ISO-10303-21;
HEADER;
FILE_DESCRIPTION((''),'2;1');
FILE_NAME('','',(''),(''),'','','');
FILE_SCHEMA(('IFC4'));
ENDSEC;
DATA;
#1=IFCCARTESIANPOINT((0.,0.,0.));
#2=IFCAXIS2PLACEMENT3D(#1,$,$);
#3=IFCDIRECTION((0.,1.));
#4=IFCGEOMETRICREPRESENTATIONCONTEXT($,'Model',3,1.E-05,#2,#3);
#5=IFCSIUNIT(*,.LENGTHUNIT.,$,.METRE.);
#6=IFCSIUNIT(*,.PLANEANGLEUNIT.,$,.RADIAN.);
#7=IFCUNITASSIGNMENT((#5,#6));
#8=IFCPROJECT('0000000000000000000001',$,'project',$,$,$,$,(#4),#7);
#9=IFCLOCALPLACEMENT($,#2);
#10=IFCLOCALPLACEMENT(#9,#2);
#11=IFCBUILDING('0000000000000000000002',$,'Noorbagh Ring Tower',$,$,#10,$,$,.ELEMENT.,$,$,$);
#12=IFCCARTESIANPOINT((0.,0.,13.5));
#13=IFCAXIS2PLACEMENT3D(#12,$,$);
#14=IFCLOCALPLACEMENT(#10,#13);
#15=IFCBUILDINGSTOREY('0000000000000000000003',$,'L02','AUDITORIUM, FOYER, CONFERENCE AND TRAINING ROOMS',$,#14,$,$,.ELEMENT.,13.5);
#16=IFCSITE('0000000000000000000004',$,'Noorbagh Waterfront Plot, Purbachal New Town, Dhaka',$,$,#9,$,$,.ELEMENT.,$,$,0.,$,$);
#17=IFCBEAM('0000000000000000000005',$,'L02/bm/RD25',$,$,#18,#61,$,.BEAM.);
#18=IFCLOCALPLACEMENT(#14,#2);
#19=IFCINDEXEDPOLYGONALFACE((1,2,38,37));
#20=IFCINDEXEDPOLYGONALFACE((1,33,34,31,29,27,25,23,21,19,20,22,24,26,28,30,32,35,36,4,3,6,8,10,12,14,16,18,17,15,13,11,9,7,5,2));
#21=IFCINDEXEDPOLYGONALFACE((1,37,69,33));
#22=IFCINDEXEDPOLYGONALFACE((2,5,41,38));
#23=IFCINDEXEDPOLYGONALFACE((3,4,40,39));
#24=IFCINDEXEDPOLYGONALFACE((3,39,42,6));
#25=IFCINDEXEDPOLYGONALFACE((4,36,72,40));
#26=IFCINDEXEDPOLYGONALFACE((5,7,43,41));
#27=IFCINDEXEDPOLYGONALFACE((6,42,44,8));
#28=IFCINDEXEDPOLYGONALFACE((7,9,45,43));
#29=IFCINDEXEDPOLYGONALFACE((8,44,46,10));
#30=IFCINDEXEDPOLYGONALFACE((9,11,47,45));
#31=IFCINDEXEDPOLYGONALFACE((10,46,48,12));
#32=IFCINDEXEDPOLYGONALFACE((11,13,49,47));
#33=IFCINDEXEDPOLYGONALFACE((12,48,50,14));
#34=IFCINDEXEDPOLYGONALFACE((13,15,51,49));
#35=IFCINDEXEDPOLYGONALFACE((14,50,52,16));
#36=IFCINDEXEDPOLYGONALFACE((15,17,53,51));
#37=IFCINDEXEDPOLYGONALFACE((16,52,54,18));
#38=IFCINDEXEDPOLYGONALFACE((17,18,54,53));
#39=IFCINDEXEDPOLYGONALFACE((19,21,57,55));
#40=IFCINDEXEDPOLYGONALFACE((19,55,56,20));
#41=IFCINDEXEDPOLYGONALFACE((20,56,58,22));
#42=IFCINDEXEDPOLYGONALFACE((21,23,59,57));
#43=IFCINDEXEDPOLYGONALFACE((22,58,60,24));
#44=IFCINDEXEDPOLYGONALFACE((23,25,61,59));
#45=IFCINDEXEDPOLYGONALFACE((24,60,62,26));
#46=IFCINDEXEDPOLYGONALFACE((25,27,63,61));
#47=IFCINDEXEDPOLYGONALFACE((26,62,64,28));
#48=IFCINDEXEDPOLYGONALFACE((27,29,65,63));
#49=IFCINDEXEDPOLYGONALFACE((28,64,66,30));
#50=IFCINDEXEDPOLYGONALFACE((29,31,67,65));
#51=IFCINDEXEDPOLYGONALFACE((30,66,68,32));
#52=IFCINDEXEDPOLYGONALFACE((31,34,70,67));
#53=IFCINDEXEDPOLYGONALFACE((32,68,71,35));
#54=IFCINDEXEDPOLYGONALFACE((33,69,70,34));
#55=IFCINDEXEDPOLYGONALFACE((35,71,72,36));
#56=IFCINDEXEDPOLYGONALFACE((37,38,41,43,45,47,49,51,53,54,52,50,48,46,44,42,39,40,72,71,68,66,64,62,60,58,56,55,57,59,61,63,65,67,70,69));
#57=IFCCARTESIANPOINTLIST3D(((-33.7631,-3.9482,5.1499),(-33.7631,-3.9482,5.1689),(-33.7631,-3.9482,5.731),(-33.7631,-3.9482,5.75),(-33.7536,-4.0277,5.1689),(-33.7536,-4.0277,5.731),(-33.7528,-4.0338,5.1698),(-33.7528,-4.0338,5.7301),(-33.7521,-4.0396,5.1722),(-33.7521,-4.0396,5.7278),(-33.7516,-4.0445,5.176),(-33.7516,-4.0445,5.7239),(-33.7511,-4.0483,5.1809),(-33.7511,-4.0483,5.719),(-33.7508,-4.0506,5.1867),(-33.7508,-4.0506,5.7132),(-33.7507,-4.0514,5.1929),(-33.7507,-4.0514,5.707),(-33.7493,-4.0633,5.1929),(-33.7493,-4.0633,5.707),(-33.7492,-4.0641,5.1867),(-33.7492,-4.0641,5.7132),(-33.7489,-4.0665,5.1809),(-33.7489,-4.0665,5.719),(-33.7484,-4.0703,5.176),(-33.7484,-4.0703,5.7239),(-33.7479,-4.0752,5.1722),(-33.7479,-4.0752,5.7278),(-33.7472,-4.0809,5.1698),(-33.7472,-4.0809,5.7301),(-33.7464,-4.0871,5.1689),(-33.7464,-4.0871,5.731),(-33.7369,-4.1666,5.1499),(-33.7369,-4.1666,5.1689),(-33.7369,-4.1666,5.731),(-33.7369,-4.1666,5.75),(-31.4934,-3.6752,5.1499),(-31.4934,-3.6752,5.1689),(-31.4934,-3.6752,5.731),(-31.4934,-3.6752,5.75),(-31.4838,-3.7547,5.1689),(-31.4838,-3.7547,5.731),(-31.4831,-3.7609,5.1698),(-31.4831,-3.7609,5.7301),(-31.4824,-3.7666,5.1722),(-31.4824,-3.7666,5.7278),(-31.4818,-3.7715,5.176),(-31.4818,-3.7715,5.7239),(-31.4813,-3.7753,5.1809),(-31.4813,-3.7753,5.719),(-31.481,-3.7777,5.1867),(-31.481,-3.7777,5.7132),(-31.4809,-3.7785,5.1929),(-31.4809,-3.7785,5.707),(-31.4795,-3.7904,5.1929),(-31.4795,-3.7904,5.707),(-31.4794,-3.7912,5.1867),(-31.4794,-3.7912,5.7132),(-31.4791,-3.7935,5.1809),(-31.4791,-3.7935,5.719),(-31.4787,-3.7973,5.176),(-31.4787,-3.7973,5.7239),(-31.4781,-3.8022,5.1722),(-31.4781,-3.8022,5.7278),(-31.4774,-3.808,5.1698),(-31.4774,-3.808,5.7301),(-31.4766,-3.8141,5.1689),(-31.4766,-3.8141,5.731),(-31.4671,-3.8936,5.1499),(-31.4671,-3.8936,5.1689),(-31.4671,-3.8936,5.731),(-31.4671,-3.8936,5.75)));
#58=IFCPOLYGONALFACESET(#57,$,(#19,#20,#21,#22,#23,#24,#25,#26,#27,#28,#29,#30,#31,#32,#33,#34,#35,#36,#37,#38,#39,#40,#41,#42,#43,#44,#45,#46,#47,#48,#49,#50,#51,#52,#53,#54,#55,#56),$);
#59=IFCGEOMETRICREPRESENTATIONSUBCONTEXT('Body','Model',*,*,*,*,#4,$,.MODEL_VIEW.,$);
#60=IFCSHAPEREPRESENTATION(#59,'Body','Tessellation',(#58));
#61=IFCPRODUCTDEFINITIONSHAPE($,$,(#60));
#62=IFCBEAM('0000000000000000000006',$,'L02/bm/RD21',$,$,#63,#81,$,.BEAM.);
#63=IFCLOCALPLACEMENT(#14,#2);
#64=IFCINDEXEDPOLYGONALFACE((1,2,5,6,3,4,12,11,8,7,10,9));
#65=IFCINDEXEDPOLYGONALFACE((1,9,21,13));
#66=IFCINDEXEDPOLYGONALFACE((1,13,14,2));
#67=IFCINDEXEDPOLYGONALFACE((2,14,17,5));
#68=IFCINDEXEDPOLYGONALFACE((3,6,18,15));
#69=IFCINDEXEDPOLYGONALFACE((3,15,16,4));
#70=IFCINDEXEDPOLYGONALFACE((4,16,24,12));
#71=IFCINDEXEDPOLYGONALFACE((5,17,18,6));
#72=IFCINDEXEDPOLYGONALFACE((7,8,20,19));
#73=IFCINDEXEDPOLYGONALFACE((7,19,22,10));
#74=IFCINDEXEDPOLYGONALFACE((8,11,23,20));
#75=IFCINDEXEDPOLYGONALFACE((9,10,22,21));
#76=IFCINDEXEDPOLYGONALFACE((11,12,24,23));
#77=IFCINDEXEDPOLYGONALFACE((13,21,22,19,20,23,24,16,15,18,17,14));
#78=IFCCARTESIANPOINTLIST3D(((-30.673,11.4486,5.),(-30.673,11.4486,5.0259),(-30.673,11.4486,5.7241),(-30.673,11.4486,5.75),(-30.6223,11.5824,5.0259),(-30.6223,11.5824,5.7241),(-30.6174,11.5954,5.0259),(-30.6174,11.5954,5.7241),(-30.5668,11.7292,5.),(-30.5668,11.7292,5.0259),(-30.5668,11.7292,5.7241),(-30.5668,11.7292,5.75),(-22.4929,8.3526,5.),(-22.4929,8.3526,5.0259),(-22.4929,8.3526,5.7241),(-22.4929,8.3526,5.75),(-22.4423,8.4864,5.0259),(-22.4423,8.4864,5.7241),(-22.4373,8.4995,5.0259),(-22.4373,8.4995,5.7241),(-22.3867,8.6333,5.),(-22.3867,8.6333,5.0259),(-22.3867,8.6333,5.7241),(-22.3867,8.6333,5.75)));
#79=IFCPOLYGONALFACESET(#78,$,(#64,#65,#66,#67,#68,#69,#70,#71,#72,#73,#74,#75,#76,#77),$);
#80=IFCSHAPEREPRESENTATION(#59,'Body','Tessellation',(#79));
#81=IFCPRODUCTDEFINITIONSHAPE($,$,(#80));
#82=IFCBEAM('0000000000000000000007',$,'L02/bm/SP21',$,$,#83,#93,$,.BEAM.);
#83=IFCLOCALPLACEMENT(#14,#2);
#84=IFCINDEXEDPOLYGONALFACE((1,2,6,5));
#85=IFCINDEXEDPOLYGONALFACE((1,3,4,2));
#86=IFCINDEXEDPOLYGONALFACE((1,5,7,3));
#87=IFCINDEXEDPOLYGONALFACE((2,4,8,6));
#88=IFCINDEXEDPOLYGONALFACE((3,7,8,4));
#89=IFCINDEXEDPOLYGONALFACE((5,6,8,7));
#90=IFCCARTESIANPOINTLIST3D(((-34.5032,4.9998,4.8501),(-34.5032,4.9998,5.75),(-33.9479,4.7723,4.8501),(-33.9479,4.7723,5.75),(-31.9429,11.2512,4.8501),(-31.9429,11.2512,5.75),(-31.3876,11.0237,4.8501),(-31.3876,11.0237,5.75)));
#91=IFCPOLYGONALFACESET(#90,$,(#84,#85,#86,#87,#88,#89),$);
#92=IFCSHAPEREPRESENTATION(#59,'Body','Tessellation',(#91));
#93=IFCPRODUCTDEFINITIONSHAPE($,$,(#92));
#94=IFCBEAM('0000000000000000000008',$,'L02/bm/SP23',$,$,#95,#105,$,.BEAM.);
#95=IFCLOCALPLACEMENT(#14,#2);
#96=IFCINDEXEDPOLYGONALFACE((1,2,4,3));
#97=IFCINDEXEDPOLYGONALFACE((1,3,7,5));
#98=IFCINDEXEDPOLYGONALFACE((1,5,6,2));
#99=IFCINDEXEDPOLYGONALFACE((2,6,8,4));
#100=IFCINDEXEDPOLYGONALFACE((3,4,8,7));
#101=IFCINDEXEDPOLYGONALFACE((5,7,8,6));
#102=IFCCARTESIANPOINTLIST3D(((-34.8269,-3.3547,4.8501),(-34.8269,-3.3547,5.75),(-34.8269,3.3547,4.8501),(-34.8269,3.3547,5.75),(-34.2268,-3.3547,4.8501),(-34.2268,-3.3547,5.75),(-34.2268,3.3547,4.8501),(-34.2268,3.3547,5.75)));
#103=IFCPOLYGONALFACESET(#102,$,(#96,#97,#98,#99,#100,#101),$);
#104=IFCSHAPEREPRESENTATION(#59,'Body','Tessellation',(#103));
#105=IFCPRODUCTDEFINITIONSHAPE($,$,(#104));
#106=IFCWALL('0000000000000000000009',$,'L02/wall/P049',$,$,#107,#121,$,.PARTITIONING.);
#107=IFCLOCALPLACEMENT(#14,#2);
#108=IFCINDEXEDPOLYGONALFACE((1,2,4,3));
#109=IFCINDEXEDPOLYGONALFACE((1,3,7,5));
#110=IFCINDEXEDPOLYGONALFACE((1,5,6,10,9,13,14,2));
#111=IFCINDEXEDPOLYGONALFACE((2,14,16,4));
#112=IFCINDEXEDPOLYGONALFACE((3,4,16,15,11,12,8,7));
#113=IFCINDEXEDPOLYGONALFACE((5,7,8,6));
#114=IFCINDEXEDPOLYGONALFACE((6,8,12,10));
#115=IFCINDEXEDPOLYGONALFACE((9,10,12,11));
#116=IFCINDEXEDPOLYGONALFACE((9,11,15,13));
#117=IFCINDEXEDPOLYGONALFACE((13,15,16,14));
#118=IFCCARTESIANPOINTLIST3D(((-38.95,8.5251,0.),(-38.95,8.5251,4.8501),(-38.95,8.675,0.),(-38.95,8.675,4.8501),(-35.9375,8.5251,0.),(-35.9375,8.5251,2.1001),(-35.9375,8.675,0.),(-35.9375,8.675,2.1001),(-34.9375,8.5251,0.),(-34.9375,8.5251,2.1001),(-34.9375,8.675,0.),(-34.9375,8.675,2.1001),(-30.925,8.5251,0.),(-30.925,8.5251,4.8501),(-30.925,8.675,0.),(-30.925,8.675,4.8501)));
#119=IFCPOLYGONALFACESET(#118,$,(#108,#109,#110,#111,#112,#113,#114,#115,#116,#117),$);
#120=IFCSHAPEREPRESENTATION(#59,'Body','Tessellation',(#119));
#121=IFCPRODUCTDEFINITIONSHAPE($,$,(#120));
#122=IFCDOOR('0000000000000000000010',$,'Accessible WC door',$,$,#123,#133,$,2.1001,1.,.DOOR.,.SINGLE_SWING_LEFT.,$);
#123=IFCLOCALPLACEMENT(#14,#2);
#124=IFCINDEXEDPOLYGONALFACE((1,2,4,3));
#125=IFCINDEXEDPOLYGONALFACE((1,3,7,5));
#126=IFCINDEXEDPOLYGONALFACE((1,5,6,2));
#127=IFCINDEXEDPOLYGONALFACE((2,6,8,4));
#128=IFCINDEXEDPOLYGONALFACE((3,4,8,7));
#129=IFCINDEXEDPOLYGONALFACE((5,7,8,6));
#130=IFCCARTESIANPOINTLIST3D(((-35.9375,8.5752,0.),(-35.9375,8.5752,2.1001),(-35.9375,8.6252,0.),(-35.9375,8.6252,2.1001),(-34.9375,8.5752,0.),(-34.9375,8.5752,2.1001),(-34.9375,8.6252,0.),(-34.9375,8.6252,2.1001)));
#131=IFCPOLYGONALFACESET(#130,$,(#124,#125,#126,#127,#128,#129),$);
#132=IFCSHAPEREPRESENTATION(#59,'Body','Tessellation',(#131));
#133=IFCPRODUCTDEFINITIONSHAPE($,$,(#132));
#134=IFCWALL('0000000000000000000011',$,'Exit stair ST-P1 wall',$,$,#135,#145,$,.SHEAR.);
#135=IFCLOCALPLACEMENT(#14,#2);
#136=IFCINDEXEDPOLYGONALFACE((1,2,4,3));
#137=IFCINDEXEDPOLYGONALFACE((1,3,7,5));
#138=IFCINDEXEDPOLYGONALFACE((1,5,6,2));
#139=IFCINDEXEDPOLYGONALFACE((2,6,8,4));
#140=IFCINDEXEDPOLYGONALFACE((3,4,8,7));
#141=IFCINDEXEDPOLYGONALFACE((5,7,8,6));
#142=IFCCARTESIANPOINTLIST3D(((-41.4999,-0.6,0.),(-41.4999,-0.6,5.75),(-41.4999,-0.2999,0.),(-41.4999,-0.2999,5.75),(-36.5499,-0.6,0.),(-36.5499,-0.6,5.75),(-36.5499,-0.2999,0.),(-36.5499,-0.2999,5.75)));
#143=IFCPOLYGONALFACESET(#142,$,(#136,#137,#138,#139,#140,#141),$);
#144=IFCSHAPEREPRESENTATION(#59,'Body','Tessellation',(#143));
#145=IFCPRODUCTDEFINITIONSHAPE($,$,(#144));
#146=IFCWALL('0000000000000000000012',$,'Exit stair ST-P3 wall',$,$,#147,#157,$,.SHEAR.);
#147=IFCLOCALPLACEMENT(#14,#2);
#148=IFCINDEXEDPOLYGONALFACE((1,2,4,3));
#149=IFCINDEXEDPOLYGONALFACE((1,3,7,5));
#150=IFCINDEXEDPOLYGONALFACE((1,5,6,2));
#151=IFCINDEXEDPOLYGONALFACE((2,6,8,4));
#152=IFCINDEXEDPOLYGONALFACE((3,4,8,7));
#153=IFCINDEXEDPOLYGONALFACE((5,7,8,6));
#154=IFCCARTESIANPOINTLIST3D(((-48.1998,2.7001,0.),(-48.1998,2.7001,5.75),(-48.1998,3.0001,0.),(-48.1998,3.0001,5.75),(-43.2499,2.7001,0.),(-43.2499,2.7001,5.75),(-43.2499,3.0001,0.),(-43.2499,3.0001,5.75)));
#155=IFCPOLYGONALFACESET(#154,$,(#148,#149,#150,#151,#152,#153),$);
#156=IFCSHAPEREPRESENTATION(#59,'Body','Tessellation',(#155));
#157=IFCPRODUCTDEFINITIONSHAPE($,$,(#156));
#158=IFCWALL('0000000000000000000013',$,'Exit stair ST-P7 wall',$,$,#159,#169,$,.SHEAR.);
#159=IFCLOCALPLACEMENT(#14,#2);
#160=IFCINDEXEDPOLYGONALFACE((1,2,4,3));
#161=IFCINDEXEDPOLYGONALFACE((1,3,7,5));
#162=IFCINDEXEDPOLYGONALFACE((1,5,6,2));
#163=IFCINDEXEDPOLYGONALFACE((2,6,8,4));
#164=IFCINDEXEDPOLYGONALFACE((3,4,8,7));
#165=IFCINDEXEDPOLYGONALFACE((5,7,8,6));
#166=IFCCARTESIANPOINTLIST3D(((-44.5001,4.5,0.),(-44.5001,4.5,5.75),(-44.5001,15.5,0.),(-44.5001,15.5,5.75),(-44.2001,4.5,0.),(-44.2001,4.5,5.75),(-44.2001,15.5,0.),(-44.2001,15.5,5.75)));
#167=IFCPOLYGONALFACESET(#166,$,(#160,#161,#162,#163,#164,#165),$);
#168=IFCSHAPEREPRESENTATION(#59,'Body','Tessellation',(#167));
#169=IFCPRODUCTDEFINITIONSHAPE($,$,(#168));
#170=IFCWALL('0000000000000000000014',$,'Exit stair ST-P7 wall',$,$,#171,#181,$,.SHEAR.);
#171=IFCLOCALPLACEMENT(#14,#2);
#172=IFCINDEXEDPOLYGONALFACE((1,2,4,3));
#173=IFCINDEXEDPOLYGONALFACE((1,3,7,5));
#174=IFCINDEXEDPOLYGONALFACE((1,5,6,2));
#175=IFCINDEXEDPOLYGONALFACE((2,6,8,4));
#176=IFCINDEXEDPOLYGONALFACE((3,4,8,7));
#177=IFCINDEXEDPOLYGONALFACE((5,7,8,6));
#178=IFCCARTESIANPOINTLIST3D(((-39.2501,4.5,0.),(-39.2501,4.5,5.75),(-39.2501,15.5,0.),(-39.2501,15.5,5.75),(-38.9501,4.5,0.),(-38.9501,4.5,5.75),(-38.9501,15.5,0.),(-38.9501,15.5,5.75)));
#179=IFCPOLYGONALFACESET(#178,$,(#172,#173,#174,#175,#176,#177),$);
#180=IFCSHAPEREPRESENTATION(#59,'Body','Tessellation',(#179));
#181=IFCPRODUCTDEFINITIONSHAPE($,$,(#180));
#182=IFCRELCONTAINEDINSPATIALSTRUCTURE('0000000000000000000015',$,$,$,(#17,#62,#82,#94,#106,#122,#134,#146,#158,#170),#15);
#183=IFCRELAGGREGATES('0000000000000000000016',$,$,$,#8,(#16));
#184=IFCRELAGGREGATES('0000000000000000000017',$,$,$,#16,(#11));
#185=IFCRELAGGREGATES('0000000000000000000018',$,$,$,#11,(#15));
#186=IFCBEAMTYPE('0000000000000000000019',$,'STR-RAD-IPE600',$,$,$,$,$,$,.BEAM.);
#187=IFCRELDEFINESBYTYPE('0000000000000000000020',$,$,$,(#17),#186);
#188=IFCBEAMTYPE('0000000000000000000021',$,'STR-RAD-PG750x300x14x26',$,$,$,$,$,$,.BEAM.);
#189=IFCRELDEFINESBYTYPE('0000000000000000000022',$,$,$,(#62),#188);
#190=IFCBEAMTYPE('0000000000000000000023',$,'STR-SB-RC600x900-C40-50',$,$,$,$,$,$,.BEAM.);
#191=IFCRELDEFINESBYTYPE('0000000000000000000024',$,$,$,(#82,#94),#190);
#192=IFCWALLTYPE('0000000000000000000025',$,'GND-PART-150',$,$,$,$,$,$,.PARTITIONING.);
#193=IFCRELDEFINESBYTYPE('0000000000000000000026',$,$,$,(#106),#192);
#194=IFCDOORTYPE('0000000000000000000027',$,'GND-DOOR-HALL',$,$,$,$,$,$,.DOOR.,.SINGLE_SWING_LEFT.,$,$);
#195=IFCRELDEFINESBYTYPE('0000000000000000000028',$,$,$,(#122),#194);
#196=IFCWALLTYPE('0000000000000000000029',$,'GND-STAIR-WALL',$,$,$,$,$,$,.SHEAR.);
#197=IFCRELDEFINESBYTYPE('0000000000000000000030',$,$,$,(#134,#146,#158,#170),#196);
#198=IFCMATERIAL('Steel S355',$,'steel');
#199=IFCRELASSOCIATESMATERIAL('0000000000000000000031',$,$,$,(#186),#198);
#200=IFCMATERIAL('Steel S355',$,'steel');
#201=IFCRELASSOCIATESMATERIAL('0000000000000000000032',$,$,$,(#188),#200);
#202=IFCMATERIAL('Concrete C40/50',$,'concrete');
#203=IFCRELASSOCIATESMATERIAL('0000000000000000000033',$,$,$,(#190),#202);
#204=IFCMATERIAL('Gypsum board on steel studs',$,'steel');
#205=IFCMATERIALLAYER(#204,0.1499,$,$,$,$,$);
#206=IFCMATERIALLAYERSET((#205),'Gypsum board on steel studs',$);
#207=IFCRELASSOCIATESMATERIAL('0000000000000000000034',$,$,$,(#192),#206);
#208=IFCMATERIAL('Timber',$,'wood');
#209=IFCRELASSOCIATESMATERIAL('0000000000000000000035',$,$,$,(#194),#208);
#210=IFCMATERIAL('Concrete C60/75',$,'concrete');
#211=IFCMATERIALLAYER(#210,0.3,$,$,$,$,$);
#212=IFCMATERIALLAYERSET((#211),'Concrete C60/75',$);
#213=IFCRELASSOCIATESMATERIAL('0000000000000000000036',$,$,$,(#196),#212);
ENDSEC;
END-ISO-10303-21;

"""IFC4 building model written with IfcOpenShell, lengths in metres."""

from ifc_helpers import new_model, si_unit, direction, frame, frame_2d, origin, origin_2d, place, context, subcontext, project, spatial, rectangle, i_section, extrude, material, layer, layer_set, material_profile, profile_set, type_object, element, fill, save


model = new_model("IFC4")

# Units and contexts
model_context = context("Model", 3, precision=1e-05, world=origin(), true_north=direction((0.0, 1.0)))
body_context = subcontext(model_context, "Body", "Model", "MODEL_VIEW")
ifc_project = project(units=[si_unit("LENGTHUNIT", "METRE"), si_unit("PLANEANGLEUNIT", "RADIAN")], contexts=[model_context])

# Site, building, storey
site_placement = place(None, origin())
site = spatial("IfcSite", under=ifc_project, at=site_placement, Name="Noorbagh Waterfront Plot, Purbachal New Town, Dhaka", CompositionType="ELEMENT", RefElevation=0.0)
building_placement = place(site_placement, origin())
building = spatial("IfcBuilding", under=site, at=building_placement, Name="Noorbagh Ring Tower", CompositionType="ELEMENT")
storey_placement = place(building_placement, frame((0.0, 0.0, 13.5)))
storey = spatial("IfcBuildingStorey", under=building, at=storey_placement, Name="L02", Description="AUDITORIUM, FOYER, CONFERENCE AND TRAINING ROOMS", CompositionType="ELEMENT", Elevation=13.5)

# Beams
ifc_material_1 = material(Name="Steel S355", Category="steel")
ifc_material_profile_1 = material_profile(ifc_material_1, i_section(OverallWidth=0.22, OverallDepth=0.6001, WebThickness=0.012, FlangeThickness=0.019, FilletRadius=0.0239, at=origin_2d()), Name="IPE600")
ifc_profile_set_1 = profile_set([ifc_material_profile_1], Name="Steel S355")
beam_type_1 = type_object("IfcBeamType", Name="STR-RAD-IPE600", PredefinedType="BEAM", material=ifc_profile_set_1)
for number, where, z_axis, x_axis, name in (
    (1, (-33.75, -4.0574, 5.45), (0.992847, 0.119394, 0.0), (-0.119394, 0.992847, 0.0), "L02/bm/RD25"),
):
    element("IfcBeam", number, at=place(storey_placement, frame(where, z_axis=z_axis, x_axis=x_axis)), inside=storey, type_object=beam_type_1, Name=name, PredefinedType="BEAM", context=body_context, shape_type="SweptSolid", body=[
        extrude(i_section(OverallWidth=0.22, OverallDepth=0.6001, WebThickness=0.012, FlangeThickness=0.019, FilletRadius=0.0239, at=origin_2d()), origin(), (0.0, 0.0, 1.0), 2.2861),
    ])
ifc_material_2 = material(Name="Steel S355", Category="steel")
ifc_material_profile_2 = material_profile(ifc_material_2, i_section(OverallWidth=0.3, OverallDepth=0.75, WebThickness=0.0139, FlangeThickness=0.0259, at=origin_2d()), Name="PG750x300x14x26")
ifc_profile_set_2 = profile_set([ifc_material_profile_2], Name="Steel S355")
beam_type_2 = type_object("IfcBeamType", Name="STR-RAD-PG750x300x14x26", PredefinedType="BEAM", material=ifc_profile_set_2)
beam_1_placement = place(storey_placement, frame((-30.6199, 11.5889, 5.375), z_axis=(0.935258, -0.353967, 0.0), x_axis=(0.353967, 0.935258, 0.0)))
element("IfcBeam", 2, at=beam_1_placement, inside=storey, type_object=beam_type_2, Name="L02/bm/RD21", PredefinedType="BEAM", context=body_context, shape_type="SweptSolid", body=[
    extrude(i_section(OverallWidth=0.3, OverallDepth=0.75, WebThickness=0.0139, FlangeThickness=0.0259, at=origin_2d()), origin(), (0.0, 0.0, 1.0), 8.7463),
])
ifc_material_3 = material(Name="Concrete C40/50", Category="concrete")
ifc_material_profile_3 = material_profile(ifc_material_3, rectangle(XDim=0.6001, YDim=0.8999, at=origin_2d()), Name="RC600x900")
ifc_profile_set_3 = profile_set([ifc_material_profile_3], Name="Concrete C40/50")
beam_type_3 = type_object("IfcBeamType", Name="STR-SB-RC600x900-C40-50", PredefinedType="BEAM", material=ifc_profile_set_3)
beam_2_placement = place(storey_placement, frame((-31.6653, 11.1375, 5.3), z_axis=(-0.378999, -0.925397, 0.0), x_axis=(0.925397, -0.378999, 0.0)))
element("IfcBeam", 3, at=beam_2_placement, inside=storey, type_object=beam_type_3, Name="L02/bm/SP21", PredefinedType="BEAM", context=body_context, shape_type="SweptSolid", body=[
    extrude(rectangle(XDim=0.6001, YDim=0.8999, at=origin_2d()), origin(), (0.0, 0.0, 1.0), 6.7554),
])
beam_3_placement = place(storey_placement, frame((-34.5269, 3.3547, 5.3), z_axis=(0.0, -1.0, 0.0), x_axis=(1.0, 0.0, 0.0)))
element("IfcBeam", 4, at=beam_3_placement, inside=storey, type_object=beam_type_3, Name="L02/bm/SP23", PredefinedType="BEAM", context=body_context, shape_type="SweptSolid", body=[
    extrude(rectangle(XDim=0.6001, YDim=0.8999, at=origin_2d()), origin(), (0.0, 0.0, 1.0), 6.7095),
])

# Wall, opening, door
ifc_material_4 = material(Name="Gypsum board on steel studs", Category="steel")
ifc_layer_1 = layer(ifc_material_4, 0.1499)
ifc_layer_set_1 = layer_set([ifc_layer_1], Name="Gypsum board on steel studs")
wall_type_1 = type_object("IfcWallType", Name="GND-PART-150", PredefinedType="PARTITIONING", material=ifc_layer_set_1)
wall_1_placement = place(storey_placement, frame((-30.925, 8.6001, 0.0), z_axis=(0.0, 0.0, 1.0), x_axis=(-1.0, 0.0, 0.0)))
wall_1 = element("IfcWall", 5, at=wall_1_placement, inside=storey, type_object=wall_type_1, Name="L02/wall/P049", PredefinedType="PARTITIONING", context=body_context, shape_type="SweptSolid", body=[
    extrude(rectangle(XDim=8.0249, YDim=0.1499, at=frame_2d((4.0125, 0.0))), origin(), (0.0, 0.0, 1.0), 4.8501),
])
opening_1_placement = place(wall_1_placement, frame((4.0125, 0.0, 0.0)))
opening_1 = element("IfcOpeningElement", 6, at=opening_1_placement, cuts=wall_1, PredefinedType="OPENING", context=body_context, shape_type="SweptSolid", body=[
    extrude(rectangle(XDim=1.0, YDim=2.1001, at=frame_2d((0.5, 1.05))), frame((0.0, 0.085, 0.0), z_axis=(0.0, -1.0, 0.0), x_axis=(1.0, 0.0, 0.0)), (0.0, 0.0, 1.0), 0.1699),
])
ifc_material_5 = material(Name="Timber", Category="wood")
door_type_1 = type_object("IfcDoorType", Name="GND-DOOR-HALL", OperationType="SINGLE_SWING_LEFT", PredefinedType="DOOR", material=ifc_material_5)
door_1_placement = place(opening_1_placement, origin())
door_1 = element("IfcDoor", 7, at=door_1_placement, inside=storey, type_object=door_type_1, Name="Accessible WC door", OperationType="SINGLE_SWING_LEFT", OverallHeight=2.1001, OverallWidth=1.0, PredefinedType="DOOR", context=body_context, shape_type="SweptSolid", body=[
    extrude(rectangle(XDim=1.0, YDim=2.1001, at=frame_2d((0.5, 1.05))), frame((0.0, 0.0249, 0.0), z_axis=(0.0, -1.0, 0.0), x_axis=(1.0, 0.0, 0.0)), (0.0, 0.0, 1.0), 0.05),
])
fill(opening_1, door_1)

# Walls
ifc_material_6 = material(Name="Concrete C60/75", Category="concrete")
ifc_layer_2 = layer(ifc_material_6, 0.3)
ifc_layer_set_2 = layer_set([ifc_layer_2], Name="Concrete C60/75")
wall_type_2 = type_object("IfcWallType", Name="GND-STAIR-WALL", PredefinedType="SHEAR", material=ifc_layer_set_2)
for number, where, z_axis, x_axis, name in (
    (8, (-41.5, -0.45, 0.0), (0.0, 0.0, 1.0), (1.0, 0.0, 0.0), "Exit stair ST-P1 wall"),
    (9, (-48.2, 2.8501, 0.0), (0.0, 0.0, 1.0), (1.0, 0.0, 0.0), "Exit stair ST-P3 wall"),
):
    element("IfcWall", number, at=place(storey_placement, frame(where, z_axis=z_axis, x_axis=x_axis)), inside=storey, type_object=wall_type_2, Name=name, PredefinedType="SHEAR", context=body_context, shape_type="SweptSolid", body=[
        extrude(rectangle(XDim=4.95, YDim=0.3, at=frame_2d((2.4751, 0.0))), origin(), (0.0, 0.0, 1.0), 5.75),
    ])
for number, where, z_axis, x_axis, name in (
    (10, (-44.3501, 4.5, 0.0), (0.0, 0.0, 1.0), (0.0, 1.0, 0.0), "Exit stair ST-P7 wall"),
    (11, (-39.1001, 4.5, 0.0), (0.0, 0.0, 1.0), (0.0, 1.0, 0.0), "Exit stair ST-P7 wall"),
):
    element("IfcWall", number, at=place(storey_placement, frame(where, z_axis=z_axis, x_axis=x_axis)), inside=storey, type_object=wall_type_2, Name=name, PredefinedType="SHEAR", context=body_context, shape_type="SweptSolid", body=[
        extrude(rectangle(XDim=11.0, YDim=0.3, at=frame_2d((5.5, 0.0))), origin(), (0.0, 0.0, 1.0), 5.75),
    ])

save(model, "model.ifc")
